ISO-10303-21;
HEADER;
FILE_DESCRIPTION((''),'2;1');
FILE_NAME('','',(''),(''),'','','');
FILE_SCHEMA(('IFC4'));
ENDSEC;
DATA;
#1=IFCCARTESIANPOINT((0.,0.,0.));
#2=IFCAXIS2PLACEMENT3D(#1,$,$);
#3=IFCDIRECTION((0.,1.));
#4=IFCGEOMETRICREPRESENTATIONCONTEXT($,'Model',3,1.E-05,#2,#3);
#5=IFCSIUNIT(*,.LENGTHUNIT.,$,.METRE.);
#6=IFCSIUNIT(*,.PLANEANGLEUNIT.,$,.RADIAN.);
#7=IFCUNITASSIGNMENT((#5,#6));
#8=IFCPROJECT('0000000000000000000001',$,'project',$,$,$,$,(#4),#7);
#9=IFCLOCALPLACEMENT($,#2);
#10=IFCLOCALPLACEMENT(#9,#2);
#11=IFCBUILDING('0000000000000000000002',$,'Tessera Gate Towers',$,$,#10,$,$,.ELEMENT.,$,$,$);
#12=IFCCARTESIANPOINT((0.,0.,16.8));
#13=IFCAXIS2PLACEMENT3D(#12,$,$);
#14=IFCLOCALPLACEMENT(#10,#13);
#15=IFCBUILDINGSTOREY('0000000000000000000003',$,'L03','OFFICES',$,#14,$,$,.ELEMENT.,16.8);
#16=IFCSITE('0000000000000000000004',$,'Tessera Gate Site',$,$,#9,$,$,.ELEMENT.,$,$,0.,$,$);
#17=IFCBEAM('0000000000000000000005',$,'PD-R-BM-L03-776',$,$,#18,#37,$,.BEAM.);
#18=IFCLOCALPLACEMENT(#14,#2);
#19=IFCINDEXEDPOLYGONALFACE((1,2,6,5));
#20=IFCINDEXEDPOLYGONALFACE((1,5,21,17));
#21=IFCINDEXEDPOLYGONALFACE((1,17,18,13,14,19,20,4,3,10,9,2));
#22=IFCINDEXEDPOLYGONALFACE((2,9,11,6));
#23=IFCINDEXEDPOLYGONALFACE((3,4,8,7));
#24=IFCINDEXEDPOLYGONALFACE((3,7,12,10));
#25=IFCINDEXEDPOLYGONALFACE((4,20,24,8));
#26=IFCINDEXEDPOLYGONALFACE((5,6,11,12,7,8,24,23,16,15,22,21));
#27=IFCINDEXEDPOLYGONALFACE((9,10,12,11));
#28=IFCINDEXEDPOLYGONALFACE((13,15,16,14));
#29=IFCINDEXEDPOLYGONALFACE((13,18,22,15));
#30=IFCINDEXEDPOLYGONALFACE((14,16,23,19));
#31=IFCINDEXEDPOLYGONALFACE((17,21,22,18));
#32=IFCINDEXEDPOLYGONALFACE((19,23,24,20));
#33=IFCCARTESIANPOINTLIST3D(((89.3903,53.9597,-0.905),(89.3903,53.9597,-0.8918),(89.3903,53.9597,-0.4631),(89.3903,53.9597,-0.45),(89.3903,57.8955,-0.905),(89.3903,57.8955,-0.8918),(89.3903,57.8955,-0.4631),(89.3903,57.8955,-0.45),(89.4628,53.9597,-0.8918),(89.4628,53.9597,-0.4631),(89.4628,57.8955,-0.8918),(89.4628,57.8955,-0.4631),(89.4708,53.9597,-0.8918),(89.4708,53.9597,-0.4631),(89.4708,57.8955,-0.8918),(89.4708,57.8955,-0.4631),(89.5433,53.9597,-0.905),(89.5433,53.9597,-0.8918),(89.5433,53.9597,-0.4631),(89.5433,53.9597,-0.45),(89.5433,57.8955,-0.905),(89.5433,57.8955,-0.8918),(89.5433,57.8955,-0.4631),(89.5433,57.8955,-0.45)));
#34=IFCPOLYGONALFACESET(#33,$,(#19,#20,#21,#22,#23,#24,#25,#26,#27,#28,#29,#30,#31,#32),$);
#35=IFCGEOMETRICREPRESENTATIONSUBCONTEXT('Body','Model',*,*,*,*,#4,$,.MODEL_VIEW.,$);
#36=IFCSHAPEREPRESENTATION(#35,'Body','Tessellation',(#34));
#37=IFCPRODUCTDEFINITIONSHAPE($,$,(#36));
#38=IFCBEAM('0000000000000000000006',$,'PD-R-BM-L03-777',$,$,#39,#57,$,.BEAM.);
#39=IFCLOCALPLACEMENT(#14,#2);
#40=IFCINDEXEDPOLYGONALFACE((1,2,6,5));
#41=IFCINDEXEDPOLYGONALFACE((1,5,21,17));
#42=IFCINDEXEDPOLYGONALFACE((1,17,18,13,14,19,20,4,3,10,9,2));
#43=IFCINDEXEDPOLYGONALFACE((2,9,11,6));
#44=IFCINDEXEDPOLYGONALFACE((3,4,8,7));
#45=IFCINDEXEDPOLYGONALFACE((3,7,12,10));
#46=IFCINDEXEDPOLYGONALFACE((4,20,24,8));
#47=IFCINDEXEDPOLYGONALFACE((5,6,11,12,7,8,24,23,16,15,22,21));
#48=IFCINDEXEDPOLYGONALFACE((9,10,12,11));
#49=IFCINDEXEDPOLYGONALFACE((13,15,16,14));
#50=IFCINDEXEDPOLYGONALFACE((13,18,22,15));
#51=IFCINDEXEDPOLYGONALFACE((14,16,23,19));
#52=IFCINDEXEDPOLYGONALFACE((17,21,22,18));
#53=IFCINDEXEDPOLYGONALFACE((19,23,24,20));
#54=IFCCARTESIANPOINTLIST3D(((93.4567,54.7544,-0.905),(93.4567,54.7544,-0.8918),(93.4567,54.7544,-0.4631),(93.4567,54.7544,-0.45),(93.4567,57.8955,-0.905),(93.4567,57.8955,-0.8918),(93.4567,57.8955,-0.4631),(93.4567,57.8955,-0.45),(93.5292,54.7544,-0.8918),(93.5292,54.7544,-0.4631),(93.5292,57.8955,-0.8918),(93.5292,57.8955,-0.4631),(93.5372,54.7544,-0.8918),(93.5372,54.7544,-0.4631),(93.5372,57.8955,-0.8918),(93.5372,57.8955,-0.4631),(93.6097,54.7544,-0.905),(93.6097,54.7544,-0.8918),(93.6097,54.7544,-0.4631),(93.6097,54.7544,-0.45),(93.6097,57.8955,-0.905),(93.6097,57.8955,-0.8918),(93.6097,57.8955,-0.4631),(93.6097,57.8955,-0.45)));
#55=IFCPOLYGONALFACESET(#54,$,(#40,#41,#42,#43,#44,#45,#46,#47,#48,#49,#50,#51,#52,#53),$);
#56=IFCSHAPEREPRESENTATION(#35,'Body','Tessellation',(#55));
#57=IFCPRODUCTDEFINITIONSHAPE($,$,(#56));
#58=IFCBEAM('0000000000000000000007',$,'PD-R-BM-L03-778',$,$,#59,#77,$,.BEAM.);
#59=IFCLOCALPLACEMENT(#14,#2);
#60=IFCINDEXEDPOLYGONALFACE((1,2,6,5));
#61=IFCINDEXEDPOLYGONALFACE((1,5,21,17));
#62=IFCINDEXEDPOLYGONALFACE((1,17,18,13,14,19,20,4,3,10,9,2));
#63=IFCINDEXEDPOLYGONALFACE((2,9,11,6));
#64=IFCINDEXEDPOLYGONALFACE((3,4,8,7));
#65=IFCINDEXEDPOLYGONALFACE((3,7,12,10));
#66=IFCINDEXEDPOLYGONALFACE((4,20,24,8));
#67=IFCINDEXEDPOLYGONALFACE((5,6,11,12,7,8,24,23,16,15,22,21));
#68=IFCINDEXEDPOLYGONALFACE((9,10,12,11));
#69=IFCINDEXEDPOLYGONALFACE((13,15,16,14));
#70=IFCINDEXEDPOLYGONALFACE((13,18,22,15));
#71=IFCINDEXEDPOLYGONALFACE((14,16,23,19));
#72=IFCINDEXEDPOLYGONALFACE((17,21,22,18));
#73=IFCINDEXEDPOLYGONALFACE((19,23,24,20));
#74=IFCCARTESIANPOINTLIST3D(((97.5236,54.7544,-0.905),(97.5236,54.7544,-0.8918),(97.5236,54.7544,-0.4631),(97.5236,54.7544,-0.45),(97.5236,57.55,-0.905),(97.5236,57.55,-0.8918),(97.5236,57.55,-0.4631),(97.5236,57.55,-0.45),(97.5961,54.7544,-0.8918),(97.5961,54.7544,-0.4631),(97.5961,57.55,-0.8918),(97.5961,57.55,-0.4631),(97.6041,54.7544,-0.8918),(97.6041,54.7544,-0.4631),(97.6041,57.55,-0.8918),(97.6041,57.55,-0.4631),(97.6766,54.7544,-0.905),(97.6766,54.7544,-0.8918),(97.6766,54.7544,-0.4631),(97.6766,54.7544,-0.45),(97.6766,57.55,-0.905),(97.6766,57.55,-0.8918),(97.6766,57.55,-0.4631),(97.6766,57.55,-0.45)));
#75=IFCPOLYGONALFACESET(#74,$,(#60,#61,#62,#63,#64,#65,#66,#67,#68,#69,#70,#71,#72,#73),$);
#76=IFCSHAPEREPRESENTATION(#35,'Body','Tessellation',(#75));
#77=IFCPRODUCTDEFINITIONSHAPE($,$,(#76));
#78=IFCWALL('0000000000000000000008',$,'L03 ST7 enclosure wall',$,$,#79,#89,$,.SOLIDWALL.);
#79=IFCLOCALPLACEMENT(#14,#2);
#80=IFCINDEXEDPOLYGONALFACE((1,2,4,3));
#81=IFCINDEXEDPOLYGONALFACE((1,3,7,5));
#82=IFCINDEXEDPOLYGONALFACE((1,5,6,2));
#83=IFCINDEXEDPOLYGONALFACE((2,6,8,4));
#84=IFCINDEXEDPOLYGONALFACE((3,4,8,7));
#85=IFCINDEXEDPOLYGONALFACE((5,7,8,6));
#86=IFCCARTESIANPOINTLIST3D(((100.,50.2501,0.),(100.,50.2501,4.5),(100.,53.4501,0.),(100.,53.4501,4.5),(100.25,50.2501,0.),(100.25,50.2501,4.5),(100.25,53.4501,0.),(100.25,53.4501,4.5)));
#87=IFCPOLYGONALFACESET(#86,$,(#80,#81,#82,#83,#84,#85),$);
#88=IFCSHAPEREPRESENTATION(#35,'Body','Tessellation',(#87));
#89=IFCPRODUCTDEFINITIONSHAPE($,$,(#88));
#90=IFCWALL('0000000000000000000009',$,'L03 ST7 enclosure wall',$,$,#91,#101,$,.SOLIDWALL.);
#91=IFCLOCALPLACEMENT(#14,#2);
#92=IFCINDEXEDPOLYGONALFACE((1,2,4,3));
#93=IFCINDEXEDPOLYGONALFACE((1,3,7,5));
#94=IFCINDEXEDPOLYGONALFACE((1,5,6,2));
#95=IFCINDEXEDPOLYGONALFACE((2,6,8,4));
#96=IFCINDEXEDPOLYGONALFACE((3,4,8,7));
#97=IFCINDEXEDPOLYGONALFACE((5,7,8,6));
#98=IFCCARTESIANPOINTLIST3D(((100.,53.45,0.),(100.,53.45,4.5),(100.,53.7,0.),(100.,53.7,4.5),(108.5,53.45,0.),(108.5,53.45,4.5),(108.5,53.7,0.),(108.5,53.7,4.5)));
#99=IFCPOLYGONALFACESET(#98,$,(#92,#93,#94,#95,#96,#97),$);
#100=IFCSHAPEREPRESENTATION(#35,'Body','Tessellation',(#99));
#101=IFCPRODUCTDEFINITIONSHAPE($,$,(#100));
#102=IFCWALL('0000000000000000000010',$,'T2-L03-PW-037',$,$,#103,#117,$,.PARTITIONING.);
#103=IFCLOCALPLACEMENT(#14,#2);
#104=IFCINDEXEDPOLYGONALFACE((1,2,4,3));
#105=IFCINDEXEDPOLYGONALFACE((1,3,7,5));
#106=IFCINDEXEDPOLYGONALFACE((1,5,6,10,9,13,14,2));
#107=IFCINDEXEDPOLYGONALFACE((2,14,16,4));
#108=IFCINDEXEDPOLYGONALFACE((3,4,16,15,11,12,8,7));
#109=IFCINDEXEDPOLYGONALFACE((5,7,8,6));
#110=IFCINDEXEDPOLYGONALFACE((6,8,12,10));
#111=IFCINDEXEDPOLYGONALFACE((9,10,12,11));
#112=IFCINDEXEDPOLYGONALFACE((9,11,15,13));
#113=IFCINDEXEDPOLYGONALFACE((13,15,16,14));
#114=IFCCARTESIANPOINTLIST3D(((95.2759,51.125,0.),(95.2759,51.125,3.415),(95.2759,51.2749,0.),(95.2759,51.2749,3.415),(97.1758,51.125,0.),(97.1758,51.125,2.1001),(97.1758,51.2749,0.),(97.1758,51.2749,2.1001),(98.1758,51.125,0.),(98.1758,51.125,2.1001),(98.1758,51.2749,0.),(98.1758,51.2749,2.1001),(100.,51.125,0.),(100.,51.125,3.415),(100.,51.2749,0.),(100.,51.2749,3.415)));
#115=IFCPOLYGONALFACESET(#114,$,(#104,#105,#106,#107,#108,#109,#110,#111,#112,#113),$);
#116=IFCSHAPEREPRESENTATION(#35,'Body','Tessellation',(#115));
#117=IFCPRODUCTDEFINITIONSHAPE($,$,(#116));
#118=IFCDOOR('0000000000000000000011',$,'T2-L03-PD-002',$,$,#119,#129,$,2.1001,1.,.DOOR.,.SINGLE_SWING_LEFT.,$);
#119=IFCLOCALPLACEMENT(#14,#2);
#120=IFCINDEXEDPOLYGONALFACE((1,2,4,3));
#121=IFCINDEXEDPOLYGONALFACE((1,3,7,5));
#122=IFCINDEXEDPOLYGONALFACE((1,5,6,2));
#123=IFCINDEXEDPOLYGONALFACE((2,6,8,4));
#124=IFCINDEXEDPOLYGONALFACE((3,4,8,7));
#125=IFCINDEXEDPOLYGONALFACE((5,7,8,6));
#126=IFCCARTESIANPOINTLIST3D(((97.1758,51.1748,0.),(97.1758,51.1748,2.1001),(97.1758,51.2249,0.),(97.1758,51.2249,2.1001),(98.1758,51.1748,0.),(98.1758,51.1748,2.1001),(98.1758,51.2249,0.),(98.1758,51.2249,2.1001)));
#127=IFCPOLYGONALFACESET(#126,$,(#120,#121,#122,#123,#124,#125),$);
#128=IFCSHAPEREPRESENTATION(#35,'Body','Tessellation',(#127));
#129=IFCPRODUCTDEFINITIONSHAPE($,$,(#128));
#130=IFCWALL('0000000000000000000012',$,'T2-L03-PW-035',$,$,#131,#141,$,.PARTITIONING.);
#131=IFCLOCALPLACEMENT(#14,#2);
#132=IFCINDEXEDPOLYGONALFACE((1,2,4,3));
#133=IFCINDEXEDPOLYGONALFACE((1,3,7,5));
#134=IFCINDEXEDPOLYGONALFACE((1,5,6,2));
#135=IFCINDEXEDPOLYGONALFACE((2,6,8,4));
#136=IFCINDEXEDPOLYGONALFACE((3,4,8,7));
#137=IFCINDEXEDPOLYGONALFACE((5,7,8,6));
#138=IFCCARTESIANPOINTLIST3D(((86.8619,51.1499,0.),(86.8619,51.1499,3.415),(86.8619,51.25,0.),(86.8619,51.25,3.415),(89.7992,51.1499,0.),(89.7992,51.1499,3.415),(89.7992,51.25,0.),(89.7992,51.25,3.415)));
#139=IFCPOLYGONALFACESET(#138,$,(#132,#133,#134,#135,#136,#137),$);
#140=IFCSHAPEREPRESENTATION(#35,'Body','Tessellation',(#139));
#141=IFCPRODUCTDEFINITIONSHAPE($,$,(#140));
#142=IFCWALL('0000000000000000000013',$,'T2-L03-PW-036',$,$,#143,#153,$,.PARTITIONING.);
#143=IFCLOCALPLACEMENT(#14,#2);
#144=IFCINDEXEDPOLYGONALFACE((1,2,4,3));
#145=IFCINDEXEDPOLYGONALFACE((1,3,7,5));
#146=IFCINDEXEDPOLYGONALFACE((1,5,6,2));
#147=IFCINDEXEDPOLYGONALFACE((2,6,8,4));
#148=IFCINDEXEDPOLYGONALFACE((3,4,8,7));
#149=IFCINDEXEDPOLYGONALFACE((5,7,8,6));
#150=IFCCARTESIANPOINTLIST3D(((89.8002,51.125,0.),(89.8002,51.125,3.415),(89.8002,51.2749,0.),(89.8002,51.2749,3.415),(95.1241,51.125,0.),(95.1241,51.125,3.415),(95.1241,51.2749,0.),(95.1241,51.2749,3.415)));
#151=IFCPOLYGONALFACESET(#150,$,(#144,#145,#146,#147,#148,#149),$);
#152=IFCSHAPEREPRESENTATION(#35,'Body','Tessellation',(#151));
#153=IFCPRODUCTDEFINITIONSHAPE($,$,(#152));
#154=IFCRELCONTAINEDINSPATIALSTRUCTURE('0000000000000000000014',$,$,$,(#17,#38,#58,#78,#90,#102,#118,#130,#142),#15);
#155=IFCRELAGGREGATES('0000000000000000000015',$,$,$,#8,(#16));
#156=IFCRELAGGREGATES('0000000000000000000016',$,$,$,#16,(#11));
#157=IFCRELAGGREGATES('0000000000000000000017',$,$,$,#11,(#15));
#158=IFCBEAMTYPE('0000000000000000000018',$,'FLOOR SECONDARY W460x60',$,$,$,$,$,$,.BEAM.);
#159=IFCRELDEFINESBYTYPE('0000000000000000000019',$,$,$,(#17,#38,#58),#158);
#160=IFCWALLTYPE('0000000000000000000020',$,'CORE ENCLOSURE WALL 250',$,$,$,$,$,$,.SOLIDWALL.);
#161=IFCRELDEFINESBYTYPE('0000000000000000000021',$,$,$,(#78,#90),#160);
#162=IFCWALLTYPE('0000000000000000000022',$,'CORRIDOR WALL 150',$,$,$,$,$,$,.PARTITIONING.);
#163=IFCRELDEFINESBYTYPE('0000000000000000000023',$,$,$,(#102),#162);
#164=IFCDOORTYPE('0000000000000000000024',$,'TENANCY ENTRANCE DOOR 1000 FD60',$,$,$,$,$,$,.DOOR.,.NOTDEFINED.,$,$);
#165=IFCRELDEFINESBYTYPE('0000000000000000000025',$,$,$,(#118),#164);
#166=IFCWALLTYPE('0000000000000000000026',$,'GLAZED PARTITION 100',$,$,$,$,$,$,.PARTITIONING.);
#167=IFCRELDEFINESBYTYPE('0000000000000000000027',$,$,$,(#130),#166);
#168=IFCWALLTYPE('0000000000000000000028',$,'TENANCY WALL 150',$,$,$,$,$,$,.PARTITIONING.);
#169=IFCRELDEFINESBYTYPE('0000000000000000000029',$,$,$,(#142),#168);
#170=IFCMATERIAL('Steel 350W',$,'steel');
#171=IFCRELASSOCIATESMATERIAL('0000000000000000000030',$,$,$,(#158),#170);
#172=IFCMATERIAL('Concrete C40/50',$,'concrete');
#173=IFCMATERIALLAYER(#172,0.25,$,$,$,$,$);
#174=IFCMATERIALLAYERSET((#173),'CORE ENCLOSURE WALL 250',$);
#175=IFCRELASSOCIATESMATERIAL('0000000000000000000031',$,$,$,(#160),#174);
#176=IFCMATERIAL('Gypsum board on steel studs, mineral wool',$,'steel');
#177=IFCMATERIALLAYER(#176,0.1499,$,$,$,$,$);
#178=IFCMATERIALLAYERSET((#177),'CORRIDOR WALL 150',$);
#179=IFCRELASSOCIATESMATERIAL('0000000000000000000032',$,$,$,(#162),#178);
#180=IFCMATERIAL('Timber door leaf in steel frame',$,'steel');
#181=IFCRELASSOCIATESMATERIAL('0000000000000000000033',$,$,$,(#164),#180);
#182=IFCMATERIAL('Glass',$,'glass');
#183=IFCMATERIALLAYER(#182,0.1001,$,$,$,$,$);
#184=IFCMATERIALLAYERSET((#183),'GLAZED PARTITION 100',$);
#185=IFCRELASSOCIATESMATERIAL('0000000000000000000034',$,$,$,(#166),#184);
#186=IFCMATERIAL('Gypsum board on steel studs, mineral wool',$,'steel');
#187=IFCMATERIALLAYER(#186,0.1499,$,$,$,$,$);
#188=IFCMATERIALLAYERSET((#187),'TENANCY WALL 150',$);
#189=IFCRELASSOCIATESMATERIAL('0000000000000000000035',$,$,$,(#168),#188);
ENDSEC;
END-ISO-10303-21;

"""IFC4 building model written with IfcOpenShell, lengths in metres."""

from ifc_helpers import new_model, si_unit, direction, frame, frame_2d, origin, origin_2d, place, context, subcontext, project, spatial, rectangle, i_section, extrude, source, transform, mapped, material, layer, layer_set, material_profile, profile_set, type_object, element, fill, save


model = new_model("IFC4")

# Units and contexts
model_context = context("Model", 3, precision=1e-05, world=origin(), true_north=direction((0.0, 1.0)))
body_context = subcontext(model_context, "Body", "Model", "MODEL_VIEW")
ifc_project = project(units=[si_unit("LENGTHUNIT", "METRE"), si_unit("PLANEANGLEUNIT", "RADIAN")], contexts=[model_context])

# Site, building, storey
site_placement = place(None, origin())
site = spatial("IfcSite", under=ifc_project, at=site_placement, Name="Tessera Gate Site", CompositionType="ELEMENT", RefElevation=0.0)
building_placement = place(site_placement, origin())
building = spatial("IfcBuilding", under=site, at=building_placement, Name="Tessera Gate Towers", CompositionType="ELEMENT")
storey_placement = place(building_placement, frame((0.0, 0.0, 16.8)))
storey = spatial("IfcBuildingStorey", under=building, at=storey_placement, Name="L03", Description="OFFICES", CompositionType="ELEMENT", Elevation=16.8)

# Beams
ifc_material_1 = material(Name="Steel 350W", Category="steel")
ifc_material_profile_1 = material_profile(ifc_material_1, i_section(OverallWidth=0.1531, OverallDepth=0.4551, WebThickness=0.0081, FlangeThickness=0.0132, at=origin_2d()), Name="W460x60")
ifc_profile_set_1 = profile_set([ifc_material_profile_1], Name="Steel 350W")
beam_type_1 = type_object("IfcBeamType", Name="FLOOR SECONDARY W460x60", PredefinedType="BEAM", material=ifc_profile_set_1)
beam_1_placement = place(storey_placement, frame((89.4668, 53.9597, -0.6775), z_axis=(0.0, 1.0, 0.0), x_axis=(-1.0, 0.0, 0.0)))
element("IfcBeam", 1, at=beam_1_placement, inside=storey, type_object=beam_type_1, Name="PD-R-BM-L03-776", PredefinedType="BEAM", context=body_context, shape_type="SweptSolid", body=[
    extrude(i_section(OverallWidth=0.1531, OverallDepth=0.4551, WebThickness=0.0081, FlangeThickness=0.0132, at=origin_2d()), origin(), (0.0, 0.0, 1.0), 3.9358),
])
beam_2_placement = place(storey_placement, frame((93.5332, 54.7544, -0.6775), z_axis=(0.0, 1.0, 0.0), x_axis=(-1.0, 0.0, 0.0)))
element("IfcBeam", 2, at=beam_2_placement, inside=storey, type_object=beam_type_1, Name="PD-R-BM-L03-777", PredefinedType="BEAM", context=body_context, shape_type="SweptSolid", body=[
    extrude(i_section(OverallWidth=0.1531, OverallDepth=0.4551, WebThickness=0.0081, FlangeThickness=0.0132, at=origin_2d()), origin(), (0.0, 0.0, 1.0), 3.1411),
])
beam_3_placement = place(storey_placement, frame((97.6001, 54.7544, -0.6775), z_axis=(0.0, 1.0, 0.0), x_axis=(-1.0, 0.0, 0.0)))
element("IfcBeam", 3, at=beam_3_placement, inside=storey, type_object=beam_type_1, Name="PD-R-BM-L03-778", PredefinedType="BEAM", context=body_context, shape_type="SweptSolid", body=[
    extrude(i_section(OverallWidth=0.1531, OverallDepth=0.4551, WebThickness=0.0081, FlangeThickness=0.0132, at=origin_2d()), origin(), (0.0, 0.0, 1.0), 2.7957),
])

# Walls
ifc_material_2 = material(Name="Concrete C40/50", Category="concrete")
ifc_layer_1 = layer(ifc_material_2, 0.25)
ifc_layer_set_1 = layer_set([ifc_layer_1], Name="CORE ENCLOSURE WALL 250")
wall_type_1 = type_object("IfcWallType", Name="CORE ENCLOSURE WALL 250", PredefinedType="SOLIDWALL", material=ifc_layer_set_1)
wall_1_placement = place(storey_placement, frame((100.125, 50.25, 0.0), z_axis=(0.0, 0.0, 1.0), x_axis=(0.0, 1.0, 0.0)))
element("IfcWall", 4, at=wall_1_placement, inside=storey, type_object=wall_type_1, Name="L03 ST7 enclosure wall", PredefinedType="SOLIDWALL", context=body_context, shape_type="SweptSolid", body=[
    extrude(rectangle(XDim=3.2, YDim=0.25, at=frame_2d((1.6001, 0.0))), origin(), (0.0, 0.0, 1.0), 4.5),
])
wall_2_placement = place(storey_placement, frame((100.0, 53.575, 0.0), z_axis=(0.0, 0.0, 1.0), x_axis=(1.0, 0.0, 0.0)))
element("IfcWall", 5, at=wall_2_placement, inside=storey, type_object=wall_type_1, Name="L03 ST7 enclosure wall", PredefinedType="SOLIDWALL", context=body_context, shape_type="SweptSolid", body=[
    extrude(rectangle(XDim=8.5, YDim=0.25, at=frame_2d((4.25, 0.0))), origin(), (0.0, 0.0, 1.0), 4.5),
])

# Wall, opening, door
ifc_material_3 = material(Name="Gypsum board on steel studs, mineral wool", Category="steel")
ifc_layer_2 = layer(ifc_material_3, 0.1499)
ifc_layer_set_2 = layer_set([ifc_layer_2], Name="CORRIDOR WALL 150")
wall_type_2 = type_object("IfcWallType", Name="CORRIDOR WALL 150", PredefinedType="PARTITIONING", material=ifc_layer_set_2)
wall_3_placement = place(storey_placement, frame((95.2759, 51.2, 0.0), z_axis=(0.0, 0.0, 1.0), x_axis=(1.0, 0.0, 0.0)))
wall_3 = element("IfcWall", 6, at=wall_3_placement, inside=storey, type_object=wall_type_2, Name="T2-L03-PW-037", PredefinedType="PARTITIONING", context=body_context, shape_type="SweptSolid", body=[
    extrude(rectangle(XDim=4.7241, YDim=0.1499, at=frame_2d((2.3621, 0.0))), origin(), (0.0, 0.0, 1.0), 3.415),
])
shared_shape_1 = source(origin(), body_context, "Body", "SweptSolid", [
    extrude(rectangle(XDim=1.0, YDim=2.1001, at=frame_2d((0.5, 1.05))), frame((0.0, 0.085, 0.0), z_axis=(0.0, -1.0, 0.0), x_axis=(1.0, 0.0, 0.0)), (0.0, 0.0, 1.0), 0.1699),
])
opening_placement = place(wall_3_placement, frame((1.8999, 0.0, 0.0)))
opening = element("IfcOpeningElement", 7, at=opening_placement, cuts=wall_3, PredefinedType="OPENING", context=body_context, shape_type="MappedRepresentation", body=[
    mapped(shared_shape_1, transform((0.0, 0.0, 0.0), scale=1.0)),
])
ifc_material_4 = material(Name="Timber door leaf in steel frame", Category="steel")
door_type = type_object("IfcDoorType", Name="TENANCY ENTRANCE DOOR 1000 FD60", OperationType="NOTDEFINED", PredefinedType="DOOR", material=ifc_material_4)
shared_shape_2 = source(origin(), body_context, "Body", "SweptSolid", [
    extrude(rectangle(XDim=1.0, YDim=2.1001, at=frame_2d((0.5, 1.05))), frame((0.0, 0.0249, 0.0), z_axis=(0.0, -1.0, 0.0), x_axis=(1.0, 0.0, 0.0)), (0.0, 0.0, 1.0), 0.05),
])
door_placement = place(opening_placement, origin())
door = element("IfcDoor", 8, at=door_placement, inside=storey, type_object=door_type, Name="T2-L03-PD-002", OperationType="SINGLE_SWING_LEFT", OverallHeight=2.1001, OverallWidth=1.0, PredefinedType="DOOR", context=body_context, shape_type="MappedRepresentation", body=[
    mapped(shared_shape_2, transform((0.0, 0.0, 0.0), scale=1.0)),
])
fill(opening, door)

# Walls
ifc_material_5 = material(Name="Glass", Category="glass")
ifc_layer_3 = layer(ifc_material_5, 0.1001)
ifc_layer_set_3 = layer_set([ifc_layer_3], Name="GLAZED PARTITION 100")
wall_type_3 = type_object("IfcWallType", Name="GLAZED PARTITION 100", PredefinedType="PARTITIONING", material=ifc_layer_set_3)
wall_4_placement = place(storey_placement, frame((86.8618, 51.2, 0.0), z_axis=(0.0, 0.0, 1.0), x_axis=(1.0, 0.0, 0.0)))
element("IfcWall", 9, at=wall_4_placement, inside=storey, type_object=wall_type_3, Name="T2-L03-PW-035", PredefinedType="PARTITIONING", context=body_context, shape_type="SweptSolid", body=[
    extrude(rectangle(XDim=2.9373, YDim=0.1001, at=frame_2d((1.4688, 0.0))), origin(), (0.0, 0.0, 1.0), 3.415),
])
ifc_material_6 = material(Name="Gypsum board on steel studs, mineral wool", Category="steel")
ifc_layer_4 = layer(ifc_material_6, 0.1499)
ifc_layer_set_4 = layer_set([ifc_layer_4], Name="TENANCY WALL 150")
wall_type_4 = type_object("IfcWallType", Name="TENANCY WALL 150", PredefinedType="PARTITIONING", material=ifc_layer_set_4)
wall_5_placement = place(storey_placement, frame((89.8, 51.2, 0.0), z_axis=(0.0, 0.0, 1.0), x_axis=(1.0, 0.0, 0.0)))
element("IfcWall", 10, at=wall_5_placement, inside=storey, type_object=wall_type_4, Name="T2-L03-PW-036", PredefinedType="PARTITIONING", context=body_context, shape_type="SweptSolid", body=[
    extrude(rectangle(XDim=5.324, YDim=0.1499, at=frame_2d((2.6621, 0.0))), origin(), (0.0, 0.0, 1.0), 3.415),
])

save(model, "model.ifc")
